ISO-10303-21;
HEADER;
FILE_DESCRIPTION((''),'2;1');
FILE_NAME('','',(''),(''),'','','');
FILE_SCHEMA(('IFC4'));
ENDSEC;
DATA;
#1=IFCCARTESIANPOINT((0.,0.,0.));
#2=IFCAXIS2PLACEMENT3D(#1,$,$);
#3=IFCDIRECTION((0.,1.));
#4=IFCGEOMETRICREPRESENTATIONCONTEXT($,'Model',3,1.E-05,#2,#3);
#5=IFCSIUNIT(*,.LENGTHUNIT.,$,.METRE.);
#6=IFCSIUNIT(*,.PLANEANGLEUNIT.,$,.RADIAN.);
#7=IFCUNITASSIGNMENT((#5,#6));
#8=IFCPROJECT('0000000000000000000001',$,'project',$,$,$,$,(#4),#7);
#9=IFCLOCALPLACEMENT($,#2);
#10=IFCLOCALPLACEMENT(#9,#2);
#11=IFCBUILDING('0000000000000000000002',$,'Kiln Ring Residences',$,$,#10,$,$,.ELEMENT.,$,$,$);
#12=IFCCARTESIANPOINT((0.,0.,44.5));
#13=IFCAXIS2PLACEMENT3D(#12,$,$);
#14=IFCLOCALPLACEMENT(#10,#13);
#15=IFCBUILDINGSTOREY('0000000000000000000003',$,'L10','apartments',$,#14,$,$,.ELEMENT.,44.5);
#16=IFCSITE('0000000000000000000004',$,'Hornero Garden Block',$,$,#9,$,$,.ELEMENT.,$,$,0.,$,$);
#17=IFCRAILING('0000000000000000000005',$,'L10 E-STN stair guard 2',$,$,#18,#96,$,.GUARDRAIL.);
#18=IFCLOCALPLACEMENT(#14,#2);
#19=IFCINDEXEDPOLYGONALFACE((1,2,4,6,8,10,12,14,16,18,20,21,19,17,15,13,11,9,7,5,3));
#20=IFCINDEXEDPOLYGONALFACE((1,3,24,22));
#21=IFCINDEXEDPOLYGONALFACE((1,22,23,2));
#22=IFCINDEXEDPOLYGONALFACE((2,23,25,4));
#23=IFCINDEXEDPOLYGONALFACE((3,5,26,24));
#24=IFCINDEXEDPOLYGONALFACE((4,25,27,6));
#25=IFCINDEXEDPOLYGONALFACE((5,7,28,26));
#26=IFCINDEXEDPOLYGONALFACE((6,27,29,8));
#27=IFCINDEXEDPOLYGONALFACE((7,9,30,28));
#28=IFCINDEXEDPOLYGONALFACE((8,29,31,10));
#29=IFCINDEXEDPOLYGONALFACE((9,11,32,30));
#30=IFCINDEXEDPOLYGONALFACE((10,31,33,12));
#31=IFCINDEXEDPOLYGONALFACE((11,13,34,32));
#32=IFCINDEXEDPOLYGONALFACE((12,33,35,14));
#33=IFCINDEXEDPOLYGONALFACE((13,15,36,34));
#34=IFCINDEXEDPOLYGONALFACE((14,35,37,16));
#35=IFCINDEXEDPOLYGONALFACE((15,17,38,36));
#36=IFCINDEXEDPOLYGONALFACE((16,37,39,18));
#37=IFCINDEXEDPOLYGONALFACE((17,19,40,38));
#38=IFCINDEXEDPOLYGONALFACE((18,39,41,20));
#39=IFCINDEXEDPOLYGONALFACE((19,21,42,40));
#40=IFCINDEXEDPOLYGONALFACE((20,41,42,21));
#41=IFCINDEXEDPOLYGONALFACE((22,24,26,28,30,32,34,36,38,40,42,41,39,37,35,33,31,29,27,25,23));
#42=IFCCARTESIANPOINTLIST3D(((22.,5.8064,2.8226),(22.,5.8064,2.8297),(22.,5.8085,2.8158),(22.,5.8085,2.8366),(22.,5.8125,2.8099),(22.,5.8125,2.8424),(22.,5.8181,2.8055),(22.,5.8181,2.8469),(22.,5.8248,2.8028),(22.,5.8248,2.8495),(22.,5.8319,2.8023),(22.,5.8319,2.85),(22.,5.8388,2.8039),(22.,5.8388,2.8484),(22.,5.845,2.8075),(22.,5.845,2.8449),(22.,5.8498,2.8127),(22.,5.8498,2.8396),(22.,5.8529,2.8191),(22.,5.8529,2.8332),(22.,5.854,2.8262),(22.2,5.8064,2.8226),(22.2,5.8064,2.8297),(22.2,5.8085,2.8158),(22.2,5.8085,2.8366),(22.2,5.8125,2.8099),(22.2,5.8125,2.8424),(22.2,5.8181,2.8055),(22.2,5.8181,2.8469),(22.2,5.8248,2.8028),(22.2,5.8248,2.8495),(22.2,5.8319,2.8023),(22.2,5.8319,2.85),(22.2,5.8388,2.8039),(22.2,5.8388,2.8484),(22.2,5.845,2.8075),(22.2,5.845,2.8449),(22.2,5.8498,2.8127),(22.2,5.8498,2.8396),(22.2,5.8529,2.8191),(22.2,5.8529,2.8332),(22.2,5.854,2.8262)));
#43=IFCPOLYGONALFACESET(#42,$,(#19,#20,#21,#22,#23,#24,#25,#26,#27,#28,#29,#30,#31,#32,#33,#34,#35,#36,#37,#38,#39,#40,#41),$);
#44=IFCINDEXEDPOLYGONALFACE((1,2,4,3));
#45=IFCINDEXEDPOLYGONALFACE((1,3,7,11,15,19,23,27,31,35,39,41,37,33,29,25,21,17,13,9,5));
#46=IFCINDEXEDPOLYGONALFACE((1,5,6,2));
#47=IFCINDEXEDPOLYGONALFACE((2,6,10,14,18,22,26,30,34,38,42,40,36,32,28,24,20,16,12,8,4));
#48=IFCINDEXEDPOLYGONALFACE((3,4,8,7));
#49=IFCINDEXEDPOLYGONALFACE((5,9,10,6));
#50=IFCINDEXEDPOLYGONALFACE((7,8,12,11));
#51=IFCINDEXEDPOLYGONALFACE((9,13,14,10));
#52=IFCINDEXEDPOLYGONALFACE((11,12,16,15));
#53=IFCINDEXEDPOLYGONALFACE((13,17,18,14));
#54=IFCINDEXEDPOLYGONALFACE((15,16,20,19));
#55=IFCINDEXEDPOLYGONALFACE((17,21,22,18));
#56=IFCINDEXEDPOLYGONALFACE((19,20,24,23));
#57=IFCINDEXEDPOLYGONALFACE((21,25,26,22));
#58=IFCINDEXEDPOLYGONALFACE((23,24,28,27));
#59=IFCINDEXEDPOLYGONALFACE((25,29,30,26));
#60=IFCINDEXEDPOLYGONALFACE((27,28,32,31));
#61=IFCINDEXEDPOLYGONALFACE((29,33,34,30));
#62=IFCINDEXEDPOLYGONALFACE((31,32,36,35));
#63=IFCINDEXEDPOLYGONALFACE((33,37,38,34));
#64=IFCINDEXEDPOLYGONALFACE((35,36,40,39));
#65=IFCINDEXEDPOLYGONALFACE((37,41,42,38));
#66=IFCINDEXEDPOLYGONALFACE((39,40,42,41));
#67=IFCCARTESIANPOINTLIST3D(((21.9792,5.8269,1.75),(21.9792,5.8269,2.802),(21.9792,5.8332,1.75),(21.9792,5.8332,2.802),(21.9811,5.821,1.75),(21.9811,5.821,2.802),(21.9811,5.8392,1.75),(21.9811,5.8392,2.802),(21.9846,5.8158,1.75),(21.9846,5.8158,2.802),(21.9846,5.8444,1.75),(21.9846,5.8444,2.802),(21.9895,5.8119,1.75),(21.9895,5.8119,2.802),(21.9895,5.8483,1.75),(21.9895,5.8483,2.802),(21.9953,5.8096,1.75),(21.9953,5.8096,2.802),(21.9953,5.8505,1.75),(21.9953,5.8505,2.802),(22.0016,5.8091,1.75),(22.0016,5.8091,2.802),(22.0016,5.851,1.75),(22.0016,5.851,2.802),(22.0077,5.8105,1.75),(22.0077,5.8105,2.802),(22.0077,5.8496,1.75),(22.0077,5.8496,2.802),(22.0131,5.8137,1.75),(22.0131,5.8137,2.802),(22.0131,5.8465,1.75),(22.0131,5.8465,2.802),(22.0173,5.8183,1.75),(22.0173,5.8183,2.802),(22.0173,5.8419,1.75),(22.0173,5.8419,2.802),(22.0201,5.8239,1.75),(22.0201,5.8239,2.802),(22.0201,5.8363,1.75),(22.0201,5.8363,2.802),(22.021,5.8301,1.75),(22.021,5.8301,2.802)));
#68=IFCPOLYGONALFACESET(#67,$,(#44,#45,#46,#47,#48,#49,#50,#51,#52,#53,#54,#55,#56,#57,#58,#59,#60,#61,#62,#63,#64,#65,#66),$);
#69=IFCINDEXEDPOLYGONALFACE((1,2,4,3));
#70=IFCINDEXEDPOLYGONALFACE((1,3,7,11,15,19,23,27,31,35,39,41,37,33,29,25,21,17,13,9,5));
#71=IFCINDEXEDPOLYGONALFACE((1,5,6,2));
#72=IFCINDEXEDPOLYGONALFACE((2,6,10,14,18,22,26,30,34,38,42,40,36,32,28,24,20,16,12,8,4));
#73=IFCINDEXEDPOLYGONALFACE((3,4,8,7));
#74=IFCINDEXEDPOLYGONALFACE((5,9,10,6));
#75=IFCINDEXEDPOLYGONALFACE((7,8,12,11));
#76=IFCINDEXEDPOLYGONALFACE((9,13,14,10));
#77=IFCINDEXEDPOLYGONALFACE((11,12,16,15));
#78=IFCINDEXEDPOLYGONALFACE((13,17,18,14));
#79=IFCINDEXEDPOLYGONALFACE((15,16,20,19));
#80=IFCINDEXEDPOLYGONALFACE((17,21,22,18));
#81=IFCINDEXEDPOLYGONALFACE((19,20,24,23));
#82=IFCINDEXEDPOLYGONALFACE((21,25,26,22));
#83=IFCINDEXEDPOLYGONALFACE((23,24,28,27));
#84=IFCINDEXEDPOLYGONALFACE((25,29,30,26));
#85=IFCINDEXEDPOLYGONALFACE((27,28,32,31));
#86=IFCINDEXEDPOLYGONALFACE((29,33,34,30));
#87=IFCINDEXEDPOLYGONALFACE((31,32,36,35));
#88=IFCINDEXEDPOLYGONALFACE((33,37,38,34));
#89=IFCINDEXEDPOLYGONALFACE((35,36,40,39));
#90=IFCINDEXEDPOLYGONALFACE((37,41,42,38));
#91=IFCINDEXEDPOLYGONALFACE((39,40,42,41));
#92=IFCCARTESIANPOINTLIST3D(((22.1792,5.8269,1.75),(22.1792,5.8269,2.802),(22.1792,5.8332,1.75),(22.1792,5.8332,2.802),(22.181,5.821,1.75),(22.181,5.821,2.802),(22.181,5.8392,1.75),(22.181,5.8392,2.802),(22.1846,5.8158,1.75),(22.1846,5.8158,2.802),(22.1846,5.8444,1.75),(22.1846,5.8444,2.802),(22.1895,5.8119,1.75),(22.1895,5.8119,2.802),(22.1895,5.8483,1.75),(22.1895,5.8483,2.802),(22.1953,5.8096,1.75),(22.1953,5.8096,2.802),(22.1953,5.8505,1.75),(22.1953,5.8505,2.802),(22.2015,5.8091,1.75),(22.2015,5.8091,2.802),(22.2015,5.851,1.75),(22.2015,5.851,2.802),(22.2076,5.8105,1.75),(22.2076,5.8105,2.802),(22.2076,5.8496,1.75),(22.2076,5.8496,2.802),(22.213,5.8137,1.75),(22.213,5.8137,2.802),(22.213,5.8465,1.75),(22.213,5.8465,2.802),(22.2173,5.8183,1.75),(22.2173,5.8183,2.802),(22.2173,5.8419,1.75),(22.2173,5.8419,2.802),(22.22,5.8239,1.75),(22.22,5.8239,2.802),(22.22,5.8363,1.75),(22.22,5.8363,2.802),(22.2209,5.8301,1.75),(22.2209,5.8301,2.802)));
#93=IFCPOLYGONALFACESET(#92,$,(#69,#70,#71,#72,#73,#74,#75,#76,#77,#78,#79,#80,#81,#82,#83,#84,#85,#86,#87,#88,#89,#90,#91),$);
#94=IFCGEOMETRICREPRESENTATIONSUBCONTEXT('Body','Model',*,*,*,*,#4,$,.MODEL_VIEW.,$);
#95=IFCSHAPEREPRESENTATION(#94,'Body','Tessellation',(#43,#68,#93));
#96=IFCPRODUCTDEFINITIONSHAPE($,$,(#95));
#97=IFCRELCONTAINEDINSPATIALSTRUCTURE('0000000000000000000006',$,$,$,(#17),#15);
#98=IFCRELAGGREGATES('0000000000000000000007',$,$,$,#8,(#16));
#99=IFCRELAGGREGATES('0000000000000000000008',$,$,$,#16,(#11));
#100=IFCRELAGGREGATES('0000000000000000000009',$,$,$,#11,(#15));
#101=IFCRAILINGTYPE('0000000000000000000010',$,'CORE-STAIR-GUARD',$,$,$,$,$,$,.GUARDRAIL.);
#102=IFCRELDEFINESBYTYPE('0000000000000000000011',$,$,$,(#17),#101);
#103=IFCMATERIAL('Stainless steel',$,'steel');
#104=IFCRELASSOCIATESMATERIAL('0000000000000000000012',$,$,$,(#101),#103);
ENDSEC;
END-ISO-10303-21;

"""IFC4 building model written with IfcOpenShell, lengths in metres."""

from ifc_helpers import new_model, si_unit, direction, frame, origin, origin_2d, place, context, subcontext, project, spatial, circle, extrude, material, type_object, element, save


model = new_model("IFC4")

# Units and contexts
model_context = context("Model", 3, precision=1e-05, world=origin(), true_north=direction((0.0, 1.0)))
body_context = subcontext(model_context, "Body", "Model", "MODEL_VIEW")
ifc_project = project(units=[si_unit("LENGTHUNIT", "METRE"), si_unit("PLANEANGLEUNIT", "RADIAN")], contexts=[model_context])

# Site, building, storey
site_placement = place(None, origin())
site = spatial("IfcSite", under=ifc_project, at=site_placement, Name="Hornero Garden Block", CompositionType="ELEMENT", RefElevation=0.0)
building_placement = place(site_placement, origin())
building = spatial("IfcBuilding", under=site, at=building_placement, Name="Kiln Ring Residences", CompositionType="ELEMENT")
storey_placement = place(building_placement, frame((0.0, 0.0, 44.5)))
storey = spatial("IfcBuildingStorey", under=building, at=storey_placement, Name="L10", Description="apartments", CompositionType="ELEMENT", Elevation=44.5)

# Railing
ifc_material_1 = material(Name="Stainless steel", Category="steel")
railing_type_1 = type_object("IfcRailingType", Name="CORE-STAIR-GUARD", PredefinedType="GUARDRAIL", material=ifc_material_1)
railing_1_placement = place(storey_placement, frame((22.0, 5.8301, 1.75)))
element("IfcRailing", 1, at=railing_1_placement, inside=storey, type_object=railing_type_1, Name="L10 E-STN stair guard 2", PredefinedType="GUARDRAIL", context=body_context, shape_type="SweptSolid", body=[
    extrude(circle(Radius=0.0239, at=origin_2d()), frame((0.0, 0.0, 1.0762), z_axis=(1.0, 0.0, 0.0), x_axis=(0.0, 1.0, 0.0)), (0.0, 0.0, 1.0), 0.2),
    extrude(circle(Radius=0.021, at=origin_2d()), origin(), (0.0, 0.0, 1.0), 1.052),
    extrude(circle(Radius=0.021, at=origin_2d()), frame((0.2, 0.0, 0.0)), (0.0, 0.0, 1.0), 1.052),
])

save(model, "model.ifc")
